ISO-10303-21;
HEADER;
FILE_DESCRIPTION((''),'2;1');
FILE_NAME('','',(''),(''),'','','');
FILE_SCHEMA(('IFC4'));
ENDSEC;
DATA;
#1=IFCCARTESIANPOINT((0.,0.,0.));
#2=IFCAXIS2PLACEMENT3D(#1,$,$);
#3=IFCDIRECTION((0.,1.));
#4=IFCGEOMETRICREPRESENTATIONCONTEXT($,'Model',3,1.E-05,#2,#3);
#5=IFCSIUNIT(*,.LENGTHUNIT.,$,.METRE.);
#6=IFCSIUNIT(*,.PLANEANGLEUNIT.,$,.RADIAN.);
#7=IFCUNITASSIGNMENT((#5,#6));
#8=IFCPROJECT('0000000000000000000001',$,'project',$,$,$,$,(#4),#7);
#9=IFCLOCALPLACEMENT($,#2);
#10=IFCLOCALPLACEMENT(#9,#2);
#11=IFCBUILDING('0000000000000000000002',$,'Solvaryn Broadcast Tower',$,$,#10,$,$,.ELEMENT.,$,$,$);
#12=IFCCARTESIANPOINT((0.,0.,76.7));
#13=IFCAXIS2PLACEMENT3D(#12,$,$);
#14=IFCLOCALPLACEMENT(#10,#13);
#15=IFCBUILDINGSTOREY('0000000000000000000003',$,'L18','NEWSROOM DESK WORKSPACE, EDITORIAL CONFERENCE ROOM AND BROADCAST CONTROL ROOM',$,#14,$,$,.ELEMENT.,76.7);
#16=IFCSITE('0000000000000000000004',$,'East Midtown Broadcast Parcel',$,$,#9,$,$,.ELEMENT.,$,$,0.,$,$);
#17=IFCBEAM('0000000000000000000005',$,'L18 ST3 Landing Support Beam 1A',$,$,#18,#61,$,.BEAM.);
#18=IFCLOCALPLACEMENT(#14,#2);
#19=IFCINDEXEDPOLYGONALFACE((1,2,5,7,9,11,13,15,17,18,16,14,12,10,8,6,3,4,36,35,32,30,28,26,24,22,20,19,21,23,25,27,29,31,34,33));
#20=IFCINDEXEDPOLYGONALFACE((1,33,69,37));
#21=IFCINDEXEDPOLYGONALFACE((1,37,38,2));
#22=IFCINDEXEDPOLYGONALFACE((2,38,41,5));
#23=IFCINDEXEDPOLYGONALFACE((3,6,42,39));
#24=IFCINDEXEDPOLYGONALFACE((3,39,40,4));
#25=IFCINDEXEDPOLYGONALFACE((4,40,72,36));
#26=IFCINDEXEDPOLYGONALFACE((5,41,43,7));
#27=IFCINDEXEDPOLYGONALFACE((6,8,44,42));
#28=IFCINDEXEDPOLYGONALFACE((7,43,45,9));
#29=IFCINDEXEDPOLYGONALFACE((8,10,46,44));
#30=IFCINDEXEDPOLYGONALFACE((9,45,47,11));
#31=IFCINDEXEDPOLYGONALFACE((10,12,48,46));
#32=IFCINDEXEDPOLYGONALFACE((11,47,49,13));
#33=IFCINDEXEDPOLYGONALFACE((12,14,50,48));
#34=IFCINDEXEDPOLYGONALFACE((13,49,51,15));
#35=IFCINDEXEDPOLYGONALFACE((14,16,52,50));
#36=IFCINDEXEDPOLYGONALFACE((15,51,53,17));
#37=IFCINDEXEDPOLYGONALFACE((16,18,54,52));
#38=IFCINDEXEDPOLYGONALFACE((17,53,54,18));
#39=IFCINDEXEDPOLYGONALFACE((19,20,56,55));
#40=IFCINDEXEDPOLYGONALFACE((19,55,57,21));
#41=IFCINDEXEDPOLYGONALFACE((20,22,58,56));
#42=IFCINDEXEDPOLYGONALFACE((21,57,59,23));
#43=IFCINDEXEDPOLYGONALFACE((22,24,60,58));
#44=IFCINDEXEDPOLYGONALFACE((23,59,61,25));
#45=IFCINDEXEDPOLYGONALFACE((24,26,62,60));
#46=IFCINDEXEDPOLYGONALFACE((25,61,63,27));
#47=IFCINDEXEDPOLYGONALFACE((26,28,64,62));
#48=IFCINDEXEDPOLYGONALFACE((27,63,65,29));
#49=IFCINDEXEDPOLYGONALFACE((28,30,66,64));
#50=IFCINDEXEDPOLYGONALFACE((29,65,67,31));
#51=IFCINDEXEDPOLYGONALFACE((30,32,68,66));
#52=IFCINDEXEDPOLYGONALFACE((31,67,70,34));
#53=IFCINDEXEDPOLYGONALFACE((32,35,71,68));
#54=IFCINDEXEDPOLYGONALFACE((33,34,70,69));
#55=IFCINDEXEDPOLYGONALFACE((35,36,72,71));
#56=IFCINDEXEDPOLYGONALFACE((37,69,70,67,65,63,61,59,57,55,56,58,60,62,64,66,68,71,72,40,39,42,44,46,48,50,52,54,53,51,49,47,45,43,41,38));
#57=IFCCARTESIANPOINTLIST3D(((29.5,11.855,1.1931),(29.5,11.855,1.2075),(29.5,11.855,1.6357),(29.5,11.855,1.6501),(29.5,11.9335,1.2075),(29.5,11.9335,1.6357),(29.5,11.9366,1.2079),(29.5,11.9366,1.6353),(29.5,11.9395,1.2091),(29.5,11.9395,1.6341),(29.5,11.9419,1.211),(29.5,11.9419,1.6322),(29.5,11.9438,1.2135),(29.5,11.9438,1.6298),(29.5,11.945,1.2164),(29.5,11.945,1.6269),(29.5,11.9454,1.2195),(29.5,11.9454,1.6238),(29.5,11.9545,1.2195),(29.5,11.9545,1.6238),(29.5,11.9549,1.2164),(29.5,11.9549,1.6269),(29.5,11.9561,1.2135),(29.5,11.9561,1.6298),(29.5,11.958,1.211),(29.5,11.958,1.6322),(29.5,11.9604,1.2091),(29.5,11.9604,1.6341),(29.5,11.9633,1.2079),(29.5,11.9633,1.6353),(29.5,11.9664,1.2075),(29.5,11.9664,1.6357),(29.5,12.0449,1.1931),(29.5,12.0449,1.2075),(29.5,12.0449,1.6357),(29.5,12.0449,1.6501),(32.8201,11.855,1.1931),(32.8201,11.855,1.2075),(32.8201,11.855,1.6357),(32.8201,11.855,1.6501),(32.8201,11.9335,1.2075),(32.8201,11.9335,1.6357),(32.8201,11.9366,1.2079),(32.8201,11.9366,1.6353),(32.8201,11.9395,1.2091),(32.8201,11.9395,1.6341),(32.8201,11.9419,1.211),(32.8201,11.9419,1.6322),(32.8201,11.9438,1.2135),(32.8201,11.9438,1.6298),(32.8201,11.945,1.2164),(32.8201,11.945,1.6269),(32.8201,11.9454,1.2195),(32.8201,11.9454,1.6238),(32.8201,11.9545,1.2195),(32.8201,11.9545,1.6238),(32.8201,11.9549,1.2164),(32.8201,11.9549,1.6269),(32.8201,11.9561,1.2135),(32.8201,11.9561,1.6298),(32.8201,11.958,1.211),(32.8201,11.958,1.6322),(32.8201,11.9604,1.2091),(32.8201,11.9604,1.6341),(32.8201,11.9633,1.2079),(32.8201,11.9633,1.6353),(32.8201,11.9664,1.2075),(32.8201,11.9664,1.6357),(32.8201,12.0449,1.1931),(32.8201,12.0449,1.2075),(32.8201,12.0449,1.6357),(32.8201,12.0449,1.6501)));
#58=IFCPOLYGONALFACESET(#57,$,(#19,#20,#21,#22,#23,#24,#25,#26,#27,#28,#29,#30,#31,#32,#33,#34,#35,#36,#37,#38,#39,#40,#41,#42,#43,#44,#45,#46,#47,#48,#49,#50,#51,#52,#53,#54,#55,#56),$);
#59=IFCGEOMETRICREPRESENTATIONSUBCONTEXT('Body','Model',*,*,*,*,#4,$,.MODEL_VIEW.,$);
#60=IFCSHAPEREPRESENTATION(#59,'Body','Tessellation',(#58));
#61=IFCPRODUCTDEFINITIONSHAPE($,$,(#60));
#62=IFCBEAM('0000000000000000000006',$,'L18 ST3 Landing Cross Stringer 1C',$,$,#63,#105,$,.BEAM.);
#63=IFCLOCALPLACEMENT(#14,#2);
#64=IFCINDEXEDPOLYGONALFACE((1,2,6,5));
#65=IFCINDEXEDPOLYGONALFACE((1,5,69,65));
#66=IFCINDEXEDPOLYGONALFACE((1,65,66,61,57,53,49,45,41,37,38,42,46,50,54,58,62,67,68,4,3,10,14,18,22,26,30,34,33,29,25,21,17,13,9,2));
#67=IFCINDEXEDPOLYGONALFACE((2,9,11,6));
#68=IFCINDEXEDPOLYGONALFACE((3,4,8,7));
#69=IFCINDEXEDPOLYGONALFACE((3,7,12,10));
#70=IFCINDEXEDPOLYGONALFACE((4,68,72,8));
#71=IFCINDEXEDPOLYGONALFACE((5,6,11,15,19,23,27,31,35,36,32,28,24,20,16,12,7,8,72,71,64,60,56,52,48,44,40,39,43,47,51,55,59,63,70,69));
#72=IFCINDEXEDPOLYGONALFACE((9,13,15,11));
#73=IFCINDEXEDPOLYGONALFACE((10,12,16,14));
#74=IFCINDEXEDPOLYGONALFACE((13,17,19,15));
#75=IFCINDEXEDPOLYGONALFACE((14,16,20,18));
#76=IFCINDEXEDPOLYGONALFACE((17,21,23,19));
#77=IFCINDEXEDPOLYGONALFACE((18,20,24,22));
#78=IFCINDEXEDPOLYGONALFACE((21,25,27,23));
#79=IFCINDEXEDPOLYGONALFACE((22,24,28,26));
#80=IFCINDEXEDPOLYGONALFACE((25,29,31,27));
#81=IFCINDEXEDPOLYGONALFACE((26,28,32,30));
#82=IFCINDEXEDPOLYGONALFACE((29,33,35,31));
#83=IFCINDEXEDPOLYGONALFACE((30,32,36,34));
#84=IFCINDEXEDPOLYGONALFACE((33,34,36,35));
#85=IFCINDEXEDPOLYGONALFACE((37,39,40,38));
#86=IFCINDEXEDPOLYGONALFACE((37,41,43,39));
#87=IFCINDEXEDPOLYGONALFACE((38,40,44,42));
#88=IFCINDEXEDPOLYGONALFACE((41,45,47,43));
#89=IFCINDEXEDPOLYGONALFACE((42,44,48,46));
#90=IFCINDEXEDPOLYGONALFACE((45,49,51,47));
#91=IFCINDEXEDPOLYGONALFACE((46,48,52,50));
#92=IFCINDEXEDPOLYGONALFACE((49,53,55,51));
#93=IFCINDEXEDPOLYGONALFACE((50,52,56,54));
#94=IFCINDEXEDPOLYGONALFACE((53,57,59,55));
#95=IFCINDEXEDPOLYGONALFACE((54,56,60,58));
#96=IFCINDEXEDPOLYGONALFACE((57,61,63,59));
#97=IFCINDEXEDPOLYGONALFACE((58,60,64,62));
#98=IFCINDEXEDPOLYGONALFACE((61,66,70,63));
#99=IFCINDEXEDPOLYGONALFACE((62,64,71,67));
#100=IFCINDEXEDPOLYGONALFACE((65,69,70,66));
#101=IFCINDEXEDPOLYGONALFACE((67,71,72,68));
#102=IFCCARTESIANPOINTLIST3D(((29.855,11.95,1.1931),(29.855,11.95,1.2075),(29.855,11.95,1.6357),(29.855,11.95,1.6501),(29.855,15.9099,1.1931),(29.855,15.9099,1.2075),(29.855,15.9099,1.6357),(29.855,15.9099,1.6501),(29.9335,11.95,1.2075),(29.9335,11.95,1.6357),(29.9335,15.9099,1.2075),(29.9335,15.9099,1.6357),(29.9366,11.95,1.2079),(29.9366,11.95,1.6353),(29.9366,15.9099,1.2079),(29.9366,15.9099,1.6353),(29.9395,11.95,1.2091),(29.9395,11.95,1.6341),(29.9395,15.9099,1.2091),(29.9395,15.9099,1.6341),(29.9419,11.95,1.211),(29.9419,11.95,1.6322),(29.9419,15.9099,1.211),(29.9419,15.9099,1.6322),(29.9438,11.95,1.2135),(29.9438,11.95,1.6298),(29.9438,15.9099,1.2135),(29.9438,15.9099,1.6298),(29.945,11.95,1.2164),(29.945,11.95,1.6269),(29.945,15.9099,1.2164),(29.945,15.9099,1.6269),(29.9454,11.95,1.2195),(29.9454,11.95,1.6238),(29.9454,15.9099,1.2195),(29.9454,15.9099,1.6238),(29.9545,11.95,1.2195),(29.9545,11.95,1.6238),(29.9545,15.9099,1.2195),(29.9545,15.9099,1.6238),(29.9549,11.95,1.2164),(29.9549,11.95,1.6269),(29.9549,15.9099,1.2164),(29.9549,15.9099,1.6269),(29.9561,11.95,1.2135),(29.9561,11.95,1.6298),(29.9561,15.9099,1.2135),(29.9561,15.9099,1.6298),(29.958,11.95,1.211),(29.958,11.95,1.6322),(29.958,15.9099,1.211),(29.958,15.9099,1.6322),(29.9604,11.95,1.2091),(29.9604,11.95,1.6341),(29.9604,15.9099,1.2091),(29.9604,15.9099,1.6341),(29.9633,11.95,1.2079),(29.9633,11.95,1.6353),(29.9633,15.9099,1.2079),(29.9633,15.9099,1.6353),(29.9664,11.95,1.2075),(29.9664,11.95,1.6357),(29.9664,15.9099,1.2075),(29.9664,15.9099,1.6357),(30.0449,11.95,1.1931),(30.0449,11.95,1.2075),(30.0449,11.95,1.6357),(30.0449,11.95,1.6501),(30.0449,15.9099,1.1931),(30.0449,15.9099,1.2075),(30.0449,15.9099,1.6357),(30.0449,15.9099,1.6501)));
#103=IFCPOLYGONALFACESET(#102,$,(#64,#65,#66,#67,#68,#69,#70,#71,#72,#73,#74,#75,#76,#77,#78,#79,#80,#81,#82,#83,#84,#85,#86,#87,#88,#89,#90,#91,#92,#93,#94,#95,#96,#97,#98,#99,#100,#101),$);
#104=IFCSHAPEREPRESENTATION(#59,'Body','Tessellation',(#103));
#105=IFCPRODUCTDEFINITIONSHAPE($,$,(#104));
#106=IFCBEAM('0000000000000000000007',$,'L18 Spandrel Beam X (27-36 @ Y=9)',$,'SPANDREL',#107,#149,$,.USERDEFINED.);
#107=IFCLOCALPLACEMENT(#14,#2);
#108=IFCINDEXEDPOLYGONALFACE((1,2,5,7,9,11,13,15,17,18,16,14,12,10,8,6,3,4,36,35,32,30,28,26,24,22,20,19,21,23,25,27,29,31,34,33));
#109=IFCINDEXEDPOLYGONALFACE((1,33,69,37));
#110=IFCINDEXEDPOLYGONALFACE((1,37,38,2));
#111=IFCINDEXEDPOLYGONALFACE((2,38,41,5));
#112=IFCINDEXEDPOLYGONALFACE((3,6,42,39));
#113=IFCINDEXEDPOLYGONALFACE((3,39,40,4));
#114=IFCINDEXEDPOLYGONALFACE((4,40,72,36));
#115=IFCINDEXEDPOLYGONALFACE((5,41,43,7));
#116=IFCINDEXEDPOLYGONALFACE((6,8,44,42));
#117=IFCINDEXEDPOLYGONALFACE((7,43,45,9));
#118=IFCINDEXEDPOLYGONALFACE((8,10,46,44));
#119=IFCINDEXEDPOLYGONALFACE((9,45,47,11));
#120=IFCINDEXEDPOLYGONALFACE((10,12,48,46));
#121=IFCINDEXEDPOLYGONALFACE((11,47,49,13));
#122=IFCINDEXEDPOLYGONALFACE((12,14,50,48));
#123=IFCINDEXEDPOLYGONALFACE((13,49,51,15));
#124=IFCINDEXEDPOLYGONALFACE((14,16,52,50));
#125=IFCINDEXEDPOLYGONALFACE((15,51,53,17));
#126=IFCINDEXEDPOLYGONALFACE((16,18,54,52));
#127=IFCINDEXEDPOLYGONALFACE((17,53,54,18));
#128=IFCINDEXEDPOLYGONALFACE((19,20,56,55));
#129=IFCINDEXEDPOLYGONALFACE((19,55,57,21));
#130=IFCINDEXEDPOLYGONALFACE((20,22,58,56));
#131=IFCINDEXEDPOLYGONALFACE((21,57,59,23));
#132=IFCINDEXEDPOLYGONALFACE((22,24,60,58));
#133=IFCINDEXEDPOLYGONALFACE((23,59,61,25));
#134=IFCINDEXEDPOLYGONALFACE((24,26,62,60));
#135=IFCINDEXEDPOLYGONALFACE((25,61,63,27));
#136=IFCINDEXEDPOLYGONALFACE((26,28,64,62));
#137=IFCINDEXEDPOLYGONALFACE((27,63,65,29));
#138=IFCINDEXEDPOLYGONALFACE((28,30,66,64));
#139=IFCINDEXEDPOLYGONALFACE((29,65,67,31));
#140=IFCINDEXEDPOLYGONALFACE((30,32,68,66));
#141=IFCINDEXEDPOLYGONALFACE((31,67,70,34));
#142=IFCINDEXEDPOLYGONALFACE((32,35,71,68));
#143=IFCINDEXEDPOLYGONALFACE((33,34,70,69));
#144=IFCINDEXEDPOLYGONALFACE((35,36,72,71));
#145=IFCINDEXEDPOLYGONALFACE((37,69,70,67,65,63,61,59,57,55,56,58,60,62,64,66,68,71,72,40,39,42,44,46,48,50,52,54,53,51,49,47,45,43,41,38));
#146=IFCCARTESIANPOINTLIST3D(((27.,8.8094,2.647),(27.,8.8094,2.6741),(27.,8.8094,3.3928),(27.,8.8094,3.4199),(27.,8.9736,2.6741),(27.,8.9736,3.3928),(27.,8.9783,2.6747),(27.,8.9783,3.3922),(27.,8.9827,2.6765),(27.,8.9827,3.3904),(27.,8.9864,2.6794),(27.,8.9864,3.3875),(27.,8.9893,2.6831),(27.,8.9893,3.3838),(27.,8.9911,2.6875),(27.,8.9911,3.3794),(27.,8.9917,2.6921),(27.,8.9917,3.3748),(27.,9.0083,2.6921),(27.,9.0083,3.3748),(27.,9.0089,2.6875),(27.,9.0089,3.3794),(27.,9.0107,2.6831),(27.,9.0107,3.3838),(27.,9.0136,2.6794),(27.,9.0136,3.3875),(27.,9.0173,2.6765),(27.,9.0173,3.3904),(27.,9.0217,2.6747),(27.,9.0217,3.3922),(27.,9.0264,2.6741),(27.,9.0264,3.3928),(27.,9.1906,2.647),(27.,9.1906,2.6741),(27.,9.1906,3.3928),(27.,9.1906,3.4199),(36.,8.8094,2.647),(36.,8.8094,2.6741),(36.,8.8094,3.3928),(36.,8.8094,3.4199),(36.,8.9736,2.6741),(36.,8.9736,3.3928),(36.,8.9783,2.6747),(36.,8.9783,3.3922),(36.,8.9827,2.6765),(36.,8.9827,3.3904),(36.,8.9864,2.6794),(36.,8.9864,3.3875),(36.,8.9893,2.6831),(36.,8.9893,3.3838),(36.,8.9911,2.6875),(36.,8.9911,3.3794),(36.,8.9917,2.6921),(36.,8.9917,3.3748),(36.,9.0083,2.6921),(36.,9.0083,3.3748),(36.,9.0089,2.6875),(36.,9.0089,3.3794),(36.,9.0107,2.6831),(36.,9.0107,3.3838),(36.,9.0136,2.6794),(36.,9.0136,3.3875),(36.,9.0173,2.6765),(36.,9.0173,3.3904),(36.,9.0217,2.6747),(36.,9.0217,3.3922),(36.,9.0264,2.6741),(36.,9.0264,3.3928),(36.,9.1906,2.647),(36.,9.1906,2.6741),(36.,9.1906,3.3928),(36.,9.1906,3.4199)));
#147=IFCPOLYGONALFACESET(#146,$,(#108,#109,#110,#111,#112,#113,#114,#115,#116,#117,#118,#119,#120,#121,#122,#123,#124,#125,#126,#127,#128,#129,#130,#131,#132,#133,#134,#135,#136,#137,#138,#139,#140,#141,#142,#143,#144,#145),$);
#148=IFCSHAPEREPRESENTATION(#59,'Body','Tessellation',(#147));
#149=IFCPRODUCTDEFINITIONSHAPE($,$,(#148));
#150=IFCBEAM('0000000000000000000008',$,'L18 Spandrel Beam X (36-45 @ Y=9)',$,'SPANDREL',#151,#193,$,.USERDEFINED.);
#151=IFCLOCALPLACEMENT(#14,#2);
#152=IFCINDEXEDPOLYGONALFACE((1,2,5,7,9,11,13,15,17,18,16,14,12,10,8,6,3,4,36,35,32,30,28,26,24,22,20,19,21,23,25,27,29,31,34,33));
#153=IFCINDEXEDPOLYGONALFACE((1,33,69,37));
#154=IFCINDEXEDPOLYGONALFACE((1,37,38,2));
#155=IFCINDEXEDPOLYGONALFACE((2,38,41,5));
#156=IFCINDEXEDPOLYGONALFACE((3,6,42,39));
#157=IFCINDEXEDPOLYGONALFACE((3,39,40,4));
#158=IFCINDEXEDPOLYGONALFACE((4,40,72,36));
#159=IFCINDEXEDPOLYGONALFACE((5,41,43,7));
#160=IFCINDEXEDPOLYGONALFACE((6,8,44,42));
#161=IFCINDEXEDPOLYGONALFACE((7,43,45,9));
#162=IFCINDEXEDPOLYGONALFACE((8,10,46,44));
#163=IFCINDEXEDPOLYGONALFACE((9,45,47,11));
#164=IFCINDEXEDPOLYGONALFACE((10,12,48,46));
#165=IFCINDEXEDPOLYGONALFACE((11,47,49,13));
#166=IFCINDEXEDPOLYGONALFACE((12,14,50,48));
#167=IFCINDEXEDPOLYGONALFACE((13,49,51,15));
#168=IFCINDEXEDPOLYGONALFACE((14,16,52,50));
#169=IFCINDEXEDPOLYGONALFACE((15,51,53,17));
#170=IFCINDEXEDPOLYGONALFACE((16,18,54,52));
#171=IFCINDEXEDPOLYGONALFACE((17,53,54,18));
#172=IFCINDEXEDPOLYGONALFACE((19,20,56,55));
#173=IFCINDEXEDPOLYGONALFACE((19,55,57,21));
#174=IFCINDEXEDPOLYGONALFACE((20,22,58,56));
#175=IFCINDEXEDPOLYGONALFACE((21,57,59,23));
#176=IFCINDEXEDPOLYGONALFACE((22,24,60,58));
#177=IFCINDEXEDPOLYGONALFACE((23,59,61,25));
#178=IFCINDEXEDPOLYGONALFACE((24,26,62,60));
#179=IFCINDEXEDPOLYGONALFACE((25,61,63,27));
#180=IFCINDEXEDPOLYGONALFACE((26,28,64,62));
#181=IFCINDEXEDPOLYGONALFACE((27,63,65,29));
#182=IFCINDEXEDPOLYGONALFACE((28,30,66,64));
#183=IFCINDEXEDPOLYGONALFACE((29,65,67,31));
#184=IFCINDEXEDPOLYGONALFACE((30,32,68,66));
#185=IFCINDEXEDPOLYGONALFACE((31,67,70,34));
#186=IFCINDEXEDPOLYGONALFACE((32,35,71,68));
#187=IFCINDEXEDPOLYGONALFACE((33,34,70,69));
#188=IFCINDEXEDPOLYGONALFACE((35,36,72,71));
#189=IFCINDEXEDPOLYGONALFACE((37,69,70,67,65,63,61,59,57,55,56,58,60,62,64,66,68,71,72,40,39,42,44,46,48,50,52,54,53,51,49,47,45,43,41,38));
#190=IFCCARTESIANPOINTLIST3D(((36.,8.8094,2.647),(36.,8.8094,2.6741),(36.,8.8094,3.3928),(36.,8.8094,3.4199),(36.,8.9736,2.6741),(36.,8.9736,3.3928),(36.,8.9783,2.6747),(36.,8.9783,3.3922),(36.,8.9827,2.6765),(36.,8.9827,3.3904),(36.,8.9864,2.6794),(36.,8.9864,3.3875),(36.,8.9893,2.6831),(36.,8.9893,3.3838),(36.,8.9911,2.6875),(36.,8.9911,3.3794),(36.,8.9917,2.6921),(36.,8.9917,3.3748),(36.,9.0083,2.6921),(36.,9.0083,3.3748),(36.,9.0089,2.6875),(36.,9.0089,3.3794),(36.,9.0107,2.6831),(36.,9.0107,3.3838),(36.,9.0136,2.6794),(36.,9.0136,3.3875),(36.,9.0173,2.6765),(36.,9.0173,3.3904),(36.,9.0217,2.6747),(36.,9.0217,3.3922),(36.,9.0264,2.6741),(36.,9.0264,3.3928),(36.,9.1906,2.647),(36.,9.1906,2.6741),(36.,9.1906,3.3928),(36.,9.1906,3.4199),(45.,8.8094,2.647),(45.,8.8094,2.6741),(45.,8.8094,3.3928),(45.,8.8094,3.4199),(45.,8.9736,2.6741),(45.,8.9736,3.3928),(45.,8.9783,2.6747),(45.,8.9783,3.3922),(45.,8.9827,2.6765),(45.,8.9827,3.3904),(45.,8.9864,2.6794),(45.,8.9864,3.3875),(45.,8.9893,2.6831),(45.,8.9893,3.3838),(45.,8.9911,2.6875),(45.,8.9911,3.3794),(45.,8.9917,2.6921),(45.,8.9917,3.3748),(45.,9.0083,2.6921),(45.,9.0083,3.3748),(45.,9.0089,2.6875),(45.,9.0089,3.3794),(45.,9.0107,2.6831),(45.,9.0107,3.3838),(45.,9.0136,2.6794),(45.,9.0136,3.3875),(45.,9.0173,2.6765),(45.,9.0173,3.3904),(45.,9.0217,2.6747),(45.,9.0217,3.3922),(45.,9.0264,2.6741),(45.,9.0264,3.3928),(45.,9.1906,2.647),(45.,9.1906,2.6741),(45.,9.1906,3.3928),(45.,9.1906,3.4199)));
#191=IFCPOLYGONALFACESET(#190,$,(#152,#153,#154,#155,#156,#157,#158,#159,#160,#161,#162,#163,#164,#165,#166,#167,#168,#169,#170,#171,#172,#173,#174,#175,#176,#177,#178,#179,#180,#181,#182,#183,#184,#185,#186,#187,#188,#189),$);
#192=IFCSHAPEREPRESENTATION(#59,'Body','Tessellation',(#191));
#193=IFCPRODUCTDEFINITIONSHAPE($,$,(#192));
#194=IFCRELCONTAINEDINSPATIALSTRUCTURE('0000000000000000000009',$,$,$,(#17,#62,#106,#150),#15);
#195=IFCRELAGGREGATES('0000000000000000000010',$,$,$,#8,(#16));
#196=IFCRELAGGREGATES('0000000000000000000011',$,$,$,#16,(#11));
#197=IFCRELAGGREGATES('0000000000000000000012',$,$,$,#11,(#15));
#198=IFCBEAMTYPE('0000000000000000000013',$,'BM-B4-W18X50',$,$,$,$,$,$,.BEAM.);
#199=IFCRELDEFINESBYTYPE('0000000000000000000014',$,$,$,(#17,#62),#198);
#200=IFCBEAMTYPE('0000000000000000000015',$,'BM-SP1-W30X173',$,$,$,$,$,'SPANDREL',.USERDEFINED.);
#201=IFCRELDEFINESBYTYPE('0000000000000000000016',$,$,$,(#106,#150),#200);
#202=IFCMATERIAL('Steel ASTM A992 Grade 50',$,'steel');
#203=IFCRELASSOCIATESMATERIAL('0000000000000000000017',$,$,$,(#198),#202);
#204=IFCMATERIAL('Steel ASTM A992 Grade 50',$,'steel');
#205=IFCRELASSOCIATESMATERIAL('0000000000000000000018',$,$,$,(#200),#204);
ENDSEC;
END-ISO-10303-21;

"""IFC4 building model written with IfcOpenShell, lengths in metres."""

from ifc_helpers import new_model, si_unit, direction, frame, origin, origin_2d, place, context, subcontext, project, spatial, i_section, extrude, material, material_profile, profile_set, type_object, element, save


model = new_model("IFC4")

# Units and contexts
model_context = context("Model", 3, precision=1e-05, world=origin(), true_north=direction((0.0, 1.0)))
body_context = subcontext(model_context, "Body", "Model", "MODEL_VIEW")
ifc_project = project(units=[si_unit("LENGTHUNIT", "METRE"), si_unit("PLANEANGLEUNIT", "RADIAN")], contexts=[model_context])

# Site, building, storey
site_placement = place(None, origin())
site = spatial("IfcSite", under=ifc_project, at=site_placement, Name="East Midtown Broadcast Parcel", CompositionType="ELEMENT", RefElevation=0.0)
building_placement = place(site_placement, origin())
building = spatial("IfcBuilding", under=site, at=building_placement, Name="Solvaryn Broadcast Tower", CompositionType="ELEMENT")
storey_placement = place(building_placement, frame((0.0, 0.0, 76.7)))
storey = spatial("IfcBuildingStorey", under=building, at=storey_placement, Name="L18", Description="NEWSROOM DESK WORKSPACE, EDITORIAL CONFERENCE ROOM AND BROADCAST CONTROL ROOM", CompositionType="ELEMENT", Elevation=76.7)

# Beams
ifc_material_1 = material(Name="Steel ASTM A992 Grade 50", Category="steel")
ifc_material_profile_1 = material_profile(ifc_material_1, i_section(OverallWidth=0.1899, OverallDepth=0.457, WebThickness=0.009, FlangeThickness=0.0144, FilletRadius=0.012, at=origin_2d()))
ifc_profile_set_1 = profile_set([ifc_material_profile_1], Name="Steel ASTM A992 Grade 50")
beam_type_1 = type_object("IfcBeamType", Name="BM-B4-W18X50", PredefinedType="BEAM", material=ifc_profile_set_1)
beam_1_placement = place(storey_placement, frame((29.5, 11.95, 1.4216), z_axis=(1.0, 0.0, 0.0), x_axis=(0.0, 1.0, 0.0)))
element("IfcBeam", 1, at=beam_1_placement, inside=storey, type_object=beam_type_1, Name="L18 ST3 Landing Support Beam 1A", PredefinedType="BEAM", context=body_context, shape_type="SweptSolid", body=[
    extrude(i_section(OverallWidth=0.1899, OverallDepth=0.457, WebThickness=0.009, FlangeThickness=0.0144, FilletRadius=0.012, at=origin_2d()), origin(), (0.0, 0.0, 1.0), 3.3201),
])
beam_2_placement = place(storey_placement, frame((29.95, 11.95, 1.4216), z_axis=(0.0, 1.0, 0.0), x_axis=(-1.0, 0.0, 0.0)))
element("IfcBeam", 2, at=beam_2_placement, inside=storey, type_object=beam_type_1, Name="L18 ST3 Landing Cross Stringer 1C", PredefinedType="BEAM", context=body_context, shape_type="SweptSolid", body=[
    extrude(i_section(OverallWidth=0.1899, OverallDepth=0.457, WebThickness=0.009, FlangeThickness=0.0144, FilletRadius=0.012, at=origin_2d()), origin(), (0.0, 0.0, 1.0), 3.96),
])
ifc_material_2 = material(Name="Steel ASTM A992 Grade 50", Category="steel")
ifc_material_profile_2 = material_profile(ifc_material_2, i_section(OverallWidth=0.3811, OverallDepth=0.7729, WebThickness=0.0166, FlangeThickness=0.0271, FilletRadius=0.0181, at=origin_2d()))
ifc_profile_set_2 = profile_set([ifc_material_profile_2], Name="Steel ASTM A992 Grade 50")
beam_type_2 = type_object("IfcBeamType", Name="BM-SP1-W30X173", ElementType="SPANDREL", PredefinedType="USERDEFINED", material=ifc_profile_set_2)
for number, where, z_axis, x_axis, name in (
    (3, (27.0, 9.0, 3.0334), (1.0, 0.0, 0.0), (0.0, 1.0, 0.0), "L18 Spandrel Beam X (27-36 @ Y=9)"),
    (4, (36.0, 9.0, 3.0334), (1.0, 0.0, 0.0), (0.0, 1.0, 0.0), "L18 Spandrel Beam X (36-45 @ Y=9)"),
):
    element("IfcBeam", number, at=place(storey_placement, frame(where, z_axis=z_axis, x_axis=x_axis)), inside=storey, type_object=beam_type_2, Name=name, ObjectType="SPANDREL", PredefinedType="USERDEFINED", context=body_context, shape_type="SweptSolid", body=[
        extrude(i_section(OverallWidth=0.3811, OverallDepth=0.7729, WebThickness=0.0166, FlangeThickness=0.0271, FilletRadius=0.0181, at=origin_2d()), origin(), (0.0, 0.0, 1.0), 9.0),
    ])

save(model, "model.ifc")
